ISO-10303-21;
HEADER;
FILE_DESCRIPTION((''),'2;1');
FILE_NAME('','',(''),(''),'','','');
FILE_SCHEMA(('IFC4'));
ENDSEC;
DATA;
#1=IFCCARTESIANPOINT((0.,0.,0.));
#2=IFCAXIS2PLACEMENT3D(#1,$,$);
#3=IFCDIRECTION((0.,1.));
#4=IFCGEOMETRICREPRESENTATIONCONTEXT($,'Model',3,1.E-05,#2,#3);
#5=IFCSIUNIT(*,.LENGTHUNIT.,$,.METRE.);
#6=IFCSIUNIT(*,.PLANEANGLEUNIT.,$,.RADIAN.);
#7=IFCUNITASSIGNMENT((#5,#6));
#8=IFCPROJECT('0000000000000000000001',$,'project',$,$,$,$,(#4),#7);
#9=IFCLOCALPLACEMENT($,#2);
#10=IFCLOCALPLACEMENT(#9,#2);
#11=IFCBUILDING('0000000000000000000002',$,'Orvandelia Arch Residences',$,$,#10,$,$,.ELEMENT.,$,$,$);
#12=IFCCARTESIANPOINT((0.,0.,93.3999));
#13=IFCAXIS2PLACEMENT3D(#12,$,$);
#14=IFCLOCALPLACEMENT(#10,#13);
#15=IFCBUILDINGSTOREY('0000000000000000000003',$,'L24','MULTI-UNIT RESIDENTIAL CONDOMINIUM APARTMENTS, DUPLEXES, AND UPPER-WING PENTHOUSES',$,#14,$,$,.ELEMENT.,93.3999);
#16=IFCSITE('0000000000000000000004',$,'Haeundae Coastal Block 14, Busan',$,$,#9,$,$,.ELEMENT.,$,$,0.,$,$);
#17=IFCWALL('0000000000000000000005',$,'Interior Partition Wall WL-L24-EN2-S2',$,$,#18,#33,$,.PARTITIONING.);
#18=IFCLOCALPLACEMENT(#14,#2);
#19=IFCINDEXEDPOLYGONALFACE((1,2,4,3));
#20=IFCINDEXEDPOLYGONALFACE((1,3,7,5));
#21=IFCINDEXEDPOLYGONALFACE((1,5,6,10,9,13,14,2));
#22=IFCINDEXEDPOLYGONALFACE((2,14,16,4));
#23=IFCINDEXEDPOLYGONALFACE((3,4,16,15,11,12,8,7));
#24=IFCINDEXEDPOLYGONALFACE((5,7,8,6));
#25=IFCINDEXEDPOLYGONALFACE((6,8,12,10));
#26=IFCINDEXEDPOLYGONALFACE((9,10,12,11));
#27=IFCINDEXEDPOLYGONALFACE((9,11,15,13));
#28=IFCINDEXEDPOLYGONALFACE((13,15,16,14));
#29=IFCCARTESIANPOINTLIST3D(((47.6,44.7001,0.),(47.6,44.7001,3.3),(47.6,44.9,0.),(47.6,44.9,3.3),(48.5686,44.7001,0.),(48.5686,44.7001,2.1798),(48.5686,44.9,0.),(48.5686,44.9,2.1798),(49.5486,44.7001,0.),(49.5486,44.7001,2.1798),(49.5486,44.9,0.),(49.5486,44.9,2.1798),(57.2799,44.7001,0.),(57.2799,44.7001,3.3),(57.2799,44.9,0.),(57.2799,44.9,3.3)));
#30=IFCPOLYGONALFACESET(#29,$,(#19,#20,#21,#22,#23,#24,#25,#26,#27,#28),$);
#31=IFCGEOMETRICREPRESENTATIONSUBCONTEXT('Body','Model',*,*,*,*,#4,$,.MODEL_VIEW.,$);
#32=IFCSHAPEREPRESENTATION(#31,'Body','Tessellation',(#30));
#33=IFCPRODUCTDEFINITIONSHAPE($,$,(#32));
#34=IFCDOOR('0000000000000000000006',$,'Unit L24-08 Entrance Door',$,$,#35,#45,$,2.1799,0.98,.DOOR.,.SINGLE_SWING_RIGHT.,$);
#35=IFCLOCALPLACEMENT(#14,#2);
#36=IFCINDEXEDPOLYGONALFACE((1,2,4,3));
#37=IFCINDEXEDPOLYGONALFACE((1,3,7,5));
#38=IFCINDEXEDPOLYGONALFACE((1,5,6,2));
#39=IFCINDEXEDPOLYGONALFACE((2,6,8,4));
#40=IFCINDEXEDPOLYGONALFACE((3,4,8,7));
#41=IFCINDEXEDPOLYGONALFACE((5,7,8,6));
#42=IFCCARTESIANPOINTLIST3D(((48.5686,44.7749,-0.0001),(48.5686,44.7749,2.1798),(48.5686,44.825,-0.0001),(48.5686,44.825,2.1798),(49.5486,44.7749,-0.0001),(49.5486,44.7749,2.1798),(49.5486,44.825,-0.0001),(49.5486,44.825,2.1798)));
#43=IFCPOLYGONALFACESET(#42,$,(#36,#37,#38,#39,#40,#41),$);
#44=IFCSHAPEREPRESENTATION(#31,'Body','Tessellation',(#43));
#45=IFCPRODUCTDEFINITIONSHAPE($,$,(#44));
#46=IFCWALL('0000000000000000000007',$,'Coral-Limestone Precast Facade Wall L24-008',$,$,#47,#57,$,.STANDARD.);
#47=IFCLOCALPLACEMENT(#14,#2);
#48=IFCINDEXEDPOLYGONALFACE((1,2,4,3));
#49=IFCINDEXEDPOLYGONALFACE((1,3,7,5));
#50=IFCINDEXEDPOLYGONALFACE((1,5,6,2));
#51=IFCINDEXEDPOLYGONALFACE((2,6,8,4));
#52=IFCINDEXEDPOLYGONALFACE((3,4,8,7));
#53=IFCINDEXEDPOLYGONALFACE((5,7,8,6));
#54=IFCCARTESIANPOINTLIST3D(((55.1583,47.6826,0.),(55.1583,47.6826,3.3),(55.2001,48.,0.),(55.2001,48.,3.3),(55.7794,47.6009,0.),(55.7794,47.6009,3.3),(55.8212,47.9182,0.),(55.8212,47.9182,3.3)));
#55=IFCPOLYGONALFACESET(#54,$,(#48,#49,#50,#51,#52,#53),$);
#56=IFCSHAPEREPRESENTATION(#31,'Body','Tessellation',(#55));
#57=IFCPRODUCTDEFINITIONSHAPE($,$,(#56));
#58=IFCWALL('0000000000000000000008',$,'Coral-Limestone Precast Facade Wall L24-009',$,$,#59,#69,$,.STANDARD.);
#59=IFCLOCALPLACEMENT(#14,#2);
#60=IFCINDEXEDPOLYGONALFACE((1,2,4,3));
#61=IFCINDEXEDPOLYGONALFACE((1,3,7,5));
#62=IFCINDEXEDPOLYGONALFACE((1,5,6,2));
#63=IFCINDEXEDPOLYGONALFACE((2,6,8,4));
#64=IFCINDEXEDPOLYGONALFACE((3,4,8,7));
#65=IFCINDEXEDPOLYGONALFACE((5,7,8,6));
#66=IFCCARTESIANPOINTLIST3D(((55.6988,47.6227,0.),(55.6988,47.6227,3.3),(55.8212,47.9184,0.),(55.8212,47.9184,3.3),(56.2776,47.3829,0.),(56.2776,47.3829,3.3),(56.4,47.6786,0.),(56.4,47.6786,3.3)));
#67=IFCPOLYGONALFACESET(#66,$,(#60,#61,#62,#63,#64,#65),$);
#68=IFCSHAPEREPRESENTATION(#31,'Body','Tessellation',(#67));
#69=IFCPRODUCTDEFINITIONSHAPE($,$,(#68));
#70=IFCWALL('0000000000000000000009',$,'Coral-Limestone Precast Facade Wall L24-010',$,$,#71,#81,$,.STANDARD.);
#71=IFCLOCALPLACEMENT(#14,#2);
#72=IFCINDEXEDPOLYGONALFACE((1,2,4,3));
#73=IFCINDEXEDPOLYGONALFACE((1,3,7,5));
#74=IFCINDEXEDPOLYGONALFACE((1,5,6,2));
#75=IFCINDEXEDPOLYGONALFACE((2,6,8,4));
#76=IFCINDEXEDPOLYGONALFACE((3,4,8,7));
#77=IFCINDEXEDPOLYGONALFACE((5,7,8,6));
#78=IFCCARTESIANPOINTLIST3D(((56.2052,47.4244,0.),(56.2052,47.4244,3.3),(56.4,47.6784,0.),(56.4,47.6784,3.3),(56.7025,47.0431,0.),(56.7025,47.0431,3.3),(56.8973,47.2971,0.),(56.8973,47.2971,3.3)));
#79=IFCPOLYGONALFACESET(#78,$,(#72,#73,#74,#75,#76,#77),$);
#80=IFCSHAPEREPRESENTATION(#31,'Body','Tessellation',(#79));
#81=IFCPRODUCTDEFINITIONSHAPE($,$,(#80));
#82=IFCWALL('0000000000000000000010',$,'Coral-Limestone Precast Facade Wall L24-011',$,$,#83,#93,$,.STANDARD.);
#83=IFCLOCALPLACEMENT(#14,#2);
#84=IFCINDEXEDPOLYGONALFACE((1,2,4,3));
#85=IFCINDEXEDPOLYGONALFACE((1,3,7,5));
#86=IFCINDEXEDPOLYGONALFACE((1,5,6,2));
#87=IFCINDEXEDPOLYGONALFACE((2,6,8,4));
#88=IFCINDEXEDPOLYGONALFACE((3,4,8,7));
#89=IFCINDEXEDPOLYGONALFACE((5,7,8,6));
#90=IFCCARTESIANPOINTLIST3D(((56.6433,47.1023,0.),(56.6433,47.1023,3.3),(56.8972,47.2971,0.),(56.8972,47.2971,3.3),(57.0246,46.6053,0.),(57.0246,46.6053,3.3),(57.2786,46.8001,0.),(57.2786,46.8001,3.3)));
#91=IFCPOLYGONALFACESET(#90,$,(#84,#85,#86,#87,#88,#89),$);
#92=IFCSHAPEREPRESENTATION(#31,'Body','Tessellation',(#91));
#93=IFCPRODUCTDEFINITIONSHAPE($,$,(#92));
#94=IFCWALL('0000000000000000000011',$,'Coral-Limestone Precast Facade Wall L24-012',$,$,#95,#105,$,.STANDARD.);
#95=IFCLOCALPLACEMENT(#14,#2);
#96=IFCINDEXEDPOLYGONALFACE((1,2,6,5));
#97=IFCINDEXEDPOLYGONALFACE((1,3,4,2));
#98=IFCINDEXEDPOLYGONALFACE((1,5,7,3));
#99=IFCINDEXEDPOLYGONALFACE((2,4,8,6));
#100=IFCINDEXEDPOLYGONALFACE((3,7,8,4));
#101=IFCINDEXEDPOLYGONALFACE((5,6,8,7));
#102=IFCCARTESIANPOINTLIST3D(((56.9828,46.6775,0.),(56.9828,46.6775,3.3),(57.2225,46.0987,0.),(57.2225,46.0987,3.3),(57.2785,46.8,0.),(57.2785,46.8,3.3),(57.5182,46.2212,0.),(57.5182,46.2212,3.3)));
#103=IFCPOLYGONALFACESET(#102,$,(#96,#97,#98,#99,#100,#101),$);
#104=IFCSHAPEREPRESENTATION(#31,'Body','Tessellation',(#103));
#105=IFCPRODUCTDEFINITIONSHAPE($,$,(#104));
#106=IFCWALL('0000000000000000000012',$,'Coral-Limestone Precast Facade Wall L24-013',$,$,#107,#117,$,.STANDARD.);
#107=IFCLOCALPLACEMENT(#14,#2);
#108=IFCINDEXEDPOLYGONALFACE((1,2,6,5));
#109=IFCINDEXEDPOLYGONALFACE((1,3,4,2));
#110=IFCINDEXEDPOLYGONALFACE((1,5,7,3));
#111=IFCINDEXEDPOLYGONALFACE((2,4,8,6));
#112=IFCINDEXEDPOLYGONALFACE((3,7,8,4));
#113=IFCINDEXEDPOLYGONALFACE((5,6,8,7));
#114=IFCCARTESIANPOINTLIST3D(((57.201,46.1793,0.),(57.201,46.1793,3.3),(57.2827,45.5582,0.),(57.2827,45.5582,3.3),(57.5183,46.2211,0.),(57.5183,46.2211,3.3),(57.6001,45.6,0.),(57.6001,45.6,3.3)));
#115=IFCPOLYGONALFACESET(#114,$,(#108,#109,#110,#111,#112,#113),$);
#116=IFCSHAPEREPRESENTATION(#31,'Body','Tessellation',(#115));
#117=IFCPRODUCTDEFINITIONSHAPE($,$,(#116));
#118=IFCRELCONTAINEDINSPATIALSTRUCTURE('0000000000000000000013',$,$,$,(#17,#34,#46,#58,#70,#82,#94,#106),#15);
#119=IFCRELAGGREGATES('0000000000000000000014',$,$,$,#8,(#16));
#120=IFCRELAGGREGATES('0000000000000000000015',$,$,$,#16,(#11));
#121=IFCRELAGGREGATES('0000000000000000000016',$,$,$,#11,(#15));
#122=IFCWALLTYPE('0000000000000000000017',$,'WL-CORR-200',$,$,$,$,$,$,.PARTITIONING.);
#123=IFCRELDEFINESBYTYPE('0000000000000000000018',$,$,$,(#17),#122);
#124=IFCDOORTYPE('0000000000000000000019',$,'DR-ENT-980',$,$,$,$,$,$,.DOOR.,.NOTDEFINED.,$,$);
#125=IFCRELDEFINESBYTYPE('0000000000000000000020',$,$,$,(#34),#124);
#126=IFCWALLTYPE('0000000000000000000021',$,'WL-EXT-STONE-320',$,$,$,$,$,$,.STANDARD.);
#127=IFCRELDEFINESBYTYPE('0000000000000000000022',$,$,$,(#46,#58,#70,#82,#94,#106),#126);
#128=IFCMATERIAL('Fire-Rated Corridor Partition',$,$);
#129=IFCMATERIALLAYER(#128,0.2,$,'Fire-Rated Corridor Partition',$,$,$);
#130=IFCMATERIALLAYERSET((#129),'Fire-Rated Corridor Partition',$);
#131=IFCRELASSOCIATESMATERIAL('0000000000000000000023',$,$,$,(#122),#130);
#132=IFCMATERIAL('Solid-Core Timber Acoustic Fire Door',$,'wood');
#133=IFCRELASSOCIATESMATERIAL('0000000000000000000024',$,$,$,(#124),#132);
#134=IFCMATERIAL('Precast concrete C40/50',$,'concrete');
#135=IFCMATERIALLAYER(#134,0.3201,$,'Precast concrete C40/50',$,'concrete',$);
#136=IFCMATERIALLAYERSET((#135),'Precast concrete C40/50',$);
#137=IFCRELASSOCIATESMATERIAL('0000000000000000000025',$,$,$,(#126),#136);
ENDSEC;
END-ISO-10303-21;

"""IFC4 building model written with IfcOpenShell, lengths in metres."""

from ifc_helpers import new_model, si_unit, direction, frame, frame_2d, origin, place, context, subcontext, project, spatial, rectangle, extrude, material, layer, layer_set, type_object, element, fill, save


model = new_model("IFC4")

# Units and contexts
model_context = context("Model", 3, precision=1e-05, world=origin(), true_north=direction((0.0, 1.0)))
body_context = subcontext(model_context, "Body", "Model", "MODEL_VIEW")
ifc_project = project(units=[si_unit("LENGTHUNIT", "METRE"), si_unit("PLANEANGLEUNIT", "RADIAN")], contexts=[model_context])

# Site, building, storey
site_placement = place(None, origin())
site = spatial("IfcSite", under=ifc_project, at=site_placement, Name="Haeundae Coastal Block 14, Busan", CompositionType="ELEMENT", RefElevation=0.0)
building_placement = place(site_placement, origin())
building = spatial("IfcBuilding", under=site, at=building_placement, Name="Orvandelia Arch Residences", CompositionType="ELEMENT")
storey_placement = place(building_placement, frame((0.0, 0.0, 93.3999)))
storey = spatial("IfcBuildingStorey", under=building, at=storey_placement, Name="L24", Description="MULTI-UNIT RESIDENTIAL CONDOMINIUM APARTMENTS, DUPLEXES, AND UPPER-WING PENTHOUSES", CompositionType="ELEMENT", Elevation=93.3999)

# Wall, opening, door
ifc_material_1 = material(Name="Fire-Rated Corridor Partition")
ifc_layer_1 = layer(ifc_material_1, 0.2, Name="Fire-Rated Corridor Partition")
ifc_layer_set_1 = layer_set([ifc_layer_1], Name="Fire-Rated Corridor Partition")
wall_type_1 = type_object("IfcWallType", Name="WL-CORR-200", PredefinedType="PARTITIONING", material=ifc_layer_set_1)
wall_1_placement = place(storey_placement, frame((47.6001, 44.8, 0.0), z_axis=(0.0, 0.0, 1.0), x_axis=(1.0, 0.0, 0.0)))
wall_1 = element("IfcWall", 1, at=wall_1_placement, inside=storey, type_object=wall_type_1, Name="Interior Partition Wall WL-L24-EN2-S2", PredefinedType="PARTITIONING", context=body_context, shape_type="SweptSolid", body=[
    extrude(rectangle(XDim=9.6799, YDim=0.2, at=frame_2d((4.8398, 0.0))), origin(), (0.0, 0.0, 1.0), 3.3),
])
opening_1_placement = place(wall_1_placement, frame((0.9685, 0.0, 0.0)))
opening_1 = element("IfcOpeningElement", 2, at=opening_1_placement, cuts=wall_1, PredefinedType="OPENING", context=body_context, shape_type="SweptSolid", body=[
    extrude(rectangle(XDim=0.98, YDim=2.1799, at=frame_2d((0.49, 1.0898))), frame((0.0, 0.1099, 0.0), z_axis=(0.0, -1.0, 0.0), x_axis=(1.0, 0.0, 0.0)), (0.0, 0.0, 1.0), 0.22),
])
ifc_material_2 = material(Name="Solid-Core Timber Acoustic Fire Door", Category="wood")
door_type_1 = type_object("IfcDoorType", Name="DR-ENT-980", OperationType="NOTDEFINED", PredefinedType="DOOR", material=ifc_material_2)
door_1_placement = place(opening_1_placement, origin())
door_1 = element("IfcDoor", 3, at=door_1_placement, inside=storey, type_object=door_type_1, Name="Unit L24-08 Entrance Door", OperationType="SINGLE_SWING_RIGHT", OverallHeight=2.1799, OverallWidth=0.98, PredefinedType="DOOR", context=body_context, shape_type="SweptSolid", body=[
    extrude(rectangle(XDim=0.98, YDim=2.1799, at=frame_2d((0.49, 1.0898))), frame((0.0, 0.0249, 0.0), z_axis=(0.0, -1.0, 0.0), x_axis=(1.0, 0.0, 0.0)), (0.0, 0.0, 1.0), 0.05),
])
fill(opening_1, door_1)

# Walls
ifc_material_3 = material(Name="Precast concrete C40/50", Category="concrete")
ifc_layer_2 = layer(ifc_material_3, 0.3201, Name="Precast concrete C40/50", Category="concrete")
ifc_layer_set_2 = layer_set([ifc_layer_2], Name="Precast concrete C40/50")
wall_type_2 = type_object("IfcWallType", Name="WL-EXT-STONE-320", PredefinedType="STANDARD", material=ifc_layer_set_2)
for number, where, z_axis, x_axis, name in (
    (4, (55.1792, 47.8413, 0.0), (0.0, 0.0, 1.0), (0.991441, -0.130555, 0.0), "Coral-Limestone Precast Facade Wall L24-008"),
    (5, (55.76, 47.7705, 0.0), (0.0, 0.0, 1.0), (0.923893, -0.38265, 0.0), "Coral-Limestone Precast Facade Wall L24-009"),
):
    element("IfcWall", number, at=place(storey_placement, frame(where, z_axis=z_axis, x_axis=x_axis)), inside=storey, type_object=wall_type_2, Name=name, PredefinedType="STANDARD", context=body_context, shape_type="SweptSolid", body=[
        extrude(rectangle(XDim=0.6265, YDim=0.3201, at=frame_2d((0.3132, 0.0))), origin(), (0.0, 0.0, 1.0), 3.3),
    ])
wall_2_placement = place(storey_placement, frame((56.3025, 47.5515, 0.0), z_axis=(0.0, 0.0, 1.0), x_axis=(0.79355, -0.608505, 0.0)))
element("IfcWall", 6, at=wall_2_placement, inside=storey, type_object=wall_type_2, Name="Coral-Limestone Precast Facade Wall L24-010", PredefinedType="STANDARD", context=body_context, shape_type="SweptSolid", body=[
    extrude(rectangle(XDim=0.6267, YDim=0.3201, at=frame_2d((0.3135, 0.0))), origin(), (0.0, 0.0, 1.0), 3.3),
])
for number, where, z_axis, x_axis, name in (
    (7, (56.7703, 47.1997, 0.0), (0.0, 0.0, 1.0), (0.608693, -0.793406, 0.0), "Coral-Limestone Precast Facade Wall L24-011"),
    (8, (57.1306, 46.7388, 0.0), (0.0, 0.0, 1.0), (0.38265, -0.923893, 0.0), "Coral-Limestone Precast Facade Wall L24-012"),
    (9, (57.3596, 46.2002, 0.0), (0.0, 0.0, 1.0), (0.130555, -0.991441, 0.0), "Coral-Limestone Precast Facade Wall L24-013"),
):
    element("IfcWall", number, at=place(storey_placement, frame(where, z_axis=z_axis, x_axis=x_axis)), inside=storey, type_object=wall_type_2, Name=name, PredefinedType="STANDARD", context=body_context, shape_type="SweptSolid", body=[
        extrude(rectangle(XDim=0.6265, YDim=0.3201, at=frame_2d((0.3132, 0.0))), origin(), (0.0, 0.0, 1.0), 3.3),
    ])

save(model, "model.ifc")
